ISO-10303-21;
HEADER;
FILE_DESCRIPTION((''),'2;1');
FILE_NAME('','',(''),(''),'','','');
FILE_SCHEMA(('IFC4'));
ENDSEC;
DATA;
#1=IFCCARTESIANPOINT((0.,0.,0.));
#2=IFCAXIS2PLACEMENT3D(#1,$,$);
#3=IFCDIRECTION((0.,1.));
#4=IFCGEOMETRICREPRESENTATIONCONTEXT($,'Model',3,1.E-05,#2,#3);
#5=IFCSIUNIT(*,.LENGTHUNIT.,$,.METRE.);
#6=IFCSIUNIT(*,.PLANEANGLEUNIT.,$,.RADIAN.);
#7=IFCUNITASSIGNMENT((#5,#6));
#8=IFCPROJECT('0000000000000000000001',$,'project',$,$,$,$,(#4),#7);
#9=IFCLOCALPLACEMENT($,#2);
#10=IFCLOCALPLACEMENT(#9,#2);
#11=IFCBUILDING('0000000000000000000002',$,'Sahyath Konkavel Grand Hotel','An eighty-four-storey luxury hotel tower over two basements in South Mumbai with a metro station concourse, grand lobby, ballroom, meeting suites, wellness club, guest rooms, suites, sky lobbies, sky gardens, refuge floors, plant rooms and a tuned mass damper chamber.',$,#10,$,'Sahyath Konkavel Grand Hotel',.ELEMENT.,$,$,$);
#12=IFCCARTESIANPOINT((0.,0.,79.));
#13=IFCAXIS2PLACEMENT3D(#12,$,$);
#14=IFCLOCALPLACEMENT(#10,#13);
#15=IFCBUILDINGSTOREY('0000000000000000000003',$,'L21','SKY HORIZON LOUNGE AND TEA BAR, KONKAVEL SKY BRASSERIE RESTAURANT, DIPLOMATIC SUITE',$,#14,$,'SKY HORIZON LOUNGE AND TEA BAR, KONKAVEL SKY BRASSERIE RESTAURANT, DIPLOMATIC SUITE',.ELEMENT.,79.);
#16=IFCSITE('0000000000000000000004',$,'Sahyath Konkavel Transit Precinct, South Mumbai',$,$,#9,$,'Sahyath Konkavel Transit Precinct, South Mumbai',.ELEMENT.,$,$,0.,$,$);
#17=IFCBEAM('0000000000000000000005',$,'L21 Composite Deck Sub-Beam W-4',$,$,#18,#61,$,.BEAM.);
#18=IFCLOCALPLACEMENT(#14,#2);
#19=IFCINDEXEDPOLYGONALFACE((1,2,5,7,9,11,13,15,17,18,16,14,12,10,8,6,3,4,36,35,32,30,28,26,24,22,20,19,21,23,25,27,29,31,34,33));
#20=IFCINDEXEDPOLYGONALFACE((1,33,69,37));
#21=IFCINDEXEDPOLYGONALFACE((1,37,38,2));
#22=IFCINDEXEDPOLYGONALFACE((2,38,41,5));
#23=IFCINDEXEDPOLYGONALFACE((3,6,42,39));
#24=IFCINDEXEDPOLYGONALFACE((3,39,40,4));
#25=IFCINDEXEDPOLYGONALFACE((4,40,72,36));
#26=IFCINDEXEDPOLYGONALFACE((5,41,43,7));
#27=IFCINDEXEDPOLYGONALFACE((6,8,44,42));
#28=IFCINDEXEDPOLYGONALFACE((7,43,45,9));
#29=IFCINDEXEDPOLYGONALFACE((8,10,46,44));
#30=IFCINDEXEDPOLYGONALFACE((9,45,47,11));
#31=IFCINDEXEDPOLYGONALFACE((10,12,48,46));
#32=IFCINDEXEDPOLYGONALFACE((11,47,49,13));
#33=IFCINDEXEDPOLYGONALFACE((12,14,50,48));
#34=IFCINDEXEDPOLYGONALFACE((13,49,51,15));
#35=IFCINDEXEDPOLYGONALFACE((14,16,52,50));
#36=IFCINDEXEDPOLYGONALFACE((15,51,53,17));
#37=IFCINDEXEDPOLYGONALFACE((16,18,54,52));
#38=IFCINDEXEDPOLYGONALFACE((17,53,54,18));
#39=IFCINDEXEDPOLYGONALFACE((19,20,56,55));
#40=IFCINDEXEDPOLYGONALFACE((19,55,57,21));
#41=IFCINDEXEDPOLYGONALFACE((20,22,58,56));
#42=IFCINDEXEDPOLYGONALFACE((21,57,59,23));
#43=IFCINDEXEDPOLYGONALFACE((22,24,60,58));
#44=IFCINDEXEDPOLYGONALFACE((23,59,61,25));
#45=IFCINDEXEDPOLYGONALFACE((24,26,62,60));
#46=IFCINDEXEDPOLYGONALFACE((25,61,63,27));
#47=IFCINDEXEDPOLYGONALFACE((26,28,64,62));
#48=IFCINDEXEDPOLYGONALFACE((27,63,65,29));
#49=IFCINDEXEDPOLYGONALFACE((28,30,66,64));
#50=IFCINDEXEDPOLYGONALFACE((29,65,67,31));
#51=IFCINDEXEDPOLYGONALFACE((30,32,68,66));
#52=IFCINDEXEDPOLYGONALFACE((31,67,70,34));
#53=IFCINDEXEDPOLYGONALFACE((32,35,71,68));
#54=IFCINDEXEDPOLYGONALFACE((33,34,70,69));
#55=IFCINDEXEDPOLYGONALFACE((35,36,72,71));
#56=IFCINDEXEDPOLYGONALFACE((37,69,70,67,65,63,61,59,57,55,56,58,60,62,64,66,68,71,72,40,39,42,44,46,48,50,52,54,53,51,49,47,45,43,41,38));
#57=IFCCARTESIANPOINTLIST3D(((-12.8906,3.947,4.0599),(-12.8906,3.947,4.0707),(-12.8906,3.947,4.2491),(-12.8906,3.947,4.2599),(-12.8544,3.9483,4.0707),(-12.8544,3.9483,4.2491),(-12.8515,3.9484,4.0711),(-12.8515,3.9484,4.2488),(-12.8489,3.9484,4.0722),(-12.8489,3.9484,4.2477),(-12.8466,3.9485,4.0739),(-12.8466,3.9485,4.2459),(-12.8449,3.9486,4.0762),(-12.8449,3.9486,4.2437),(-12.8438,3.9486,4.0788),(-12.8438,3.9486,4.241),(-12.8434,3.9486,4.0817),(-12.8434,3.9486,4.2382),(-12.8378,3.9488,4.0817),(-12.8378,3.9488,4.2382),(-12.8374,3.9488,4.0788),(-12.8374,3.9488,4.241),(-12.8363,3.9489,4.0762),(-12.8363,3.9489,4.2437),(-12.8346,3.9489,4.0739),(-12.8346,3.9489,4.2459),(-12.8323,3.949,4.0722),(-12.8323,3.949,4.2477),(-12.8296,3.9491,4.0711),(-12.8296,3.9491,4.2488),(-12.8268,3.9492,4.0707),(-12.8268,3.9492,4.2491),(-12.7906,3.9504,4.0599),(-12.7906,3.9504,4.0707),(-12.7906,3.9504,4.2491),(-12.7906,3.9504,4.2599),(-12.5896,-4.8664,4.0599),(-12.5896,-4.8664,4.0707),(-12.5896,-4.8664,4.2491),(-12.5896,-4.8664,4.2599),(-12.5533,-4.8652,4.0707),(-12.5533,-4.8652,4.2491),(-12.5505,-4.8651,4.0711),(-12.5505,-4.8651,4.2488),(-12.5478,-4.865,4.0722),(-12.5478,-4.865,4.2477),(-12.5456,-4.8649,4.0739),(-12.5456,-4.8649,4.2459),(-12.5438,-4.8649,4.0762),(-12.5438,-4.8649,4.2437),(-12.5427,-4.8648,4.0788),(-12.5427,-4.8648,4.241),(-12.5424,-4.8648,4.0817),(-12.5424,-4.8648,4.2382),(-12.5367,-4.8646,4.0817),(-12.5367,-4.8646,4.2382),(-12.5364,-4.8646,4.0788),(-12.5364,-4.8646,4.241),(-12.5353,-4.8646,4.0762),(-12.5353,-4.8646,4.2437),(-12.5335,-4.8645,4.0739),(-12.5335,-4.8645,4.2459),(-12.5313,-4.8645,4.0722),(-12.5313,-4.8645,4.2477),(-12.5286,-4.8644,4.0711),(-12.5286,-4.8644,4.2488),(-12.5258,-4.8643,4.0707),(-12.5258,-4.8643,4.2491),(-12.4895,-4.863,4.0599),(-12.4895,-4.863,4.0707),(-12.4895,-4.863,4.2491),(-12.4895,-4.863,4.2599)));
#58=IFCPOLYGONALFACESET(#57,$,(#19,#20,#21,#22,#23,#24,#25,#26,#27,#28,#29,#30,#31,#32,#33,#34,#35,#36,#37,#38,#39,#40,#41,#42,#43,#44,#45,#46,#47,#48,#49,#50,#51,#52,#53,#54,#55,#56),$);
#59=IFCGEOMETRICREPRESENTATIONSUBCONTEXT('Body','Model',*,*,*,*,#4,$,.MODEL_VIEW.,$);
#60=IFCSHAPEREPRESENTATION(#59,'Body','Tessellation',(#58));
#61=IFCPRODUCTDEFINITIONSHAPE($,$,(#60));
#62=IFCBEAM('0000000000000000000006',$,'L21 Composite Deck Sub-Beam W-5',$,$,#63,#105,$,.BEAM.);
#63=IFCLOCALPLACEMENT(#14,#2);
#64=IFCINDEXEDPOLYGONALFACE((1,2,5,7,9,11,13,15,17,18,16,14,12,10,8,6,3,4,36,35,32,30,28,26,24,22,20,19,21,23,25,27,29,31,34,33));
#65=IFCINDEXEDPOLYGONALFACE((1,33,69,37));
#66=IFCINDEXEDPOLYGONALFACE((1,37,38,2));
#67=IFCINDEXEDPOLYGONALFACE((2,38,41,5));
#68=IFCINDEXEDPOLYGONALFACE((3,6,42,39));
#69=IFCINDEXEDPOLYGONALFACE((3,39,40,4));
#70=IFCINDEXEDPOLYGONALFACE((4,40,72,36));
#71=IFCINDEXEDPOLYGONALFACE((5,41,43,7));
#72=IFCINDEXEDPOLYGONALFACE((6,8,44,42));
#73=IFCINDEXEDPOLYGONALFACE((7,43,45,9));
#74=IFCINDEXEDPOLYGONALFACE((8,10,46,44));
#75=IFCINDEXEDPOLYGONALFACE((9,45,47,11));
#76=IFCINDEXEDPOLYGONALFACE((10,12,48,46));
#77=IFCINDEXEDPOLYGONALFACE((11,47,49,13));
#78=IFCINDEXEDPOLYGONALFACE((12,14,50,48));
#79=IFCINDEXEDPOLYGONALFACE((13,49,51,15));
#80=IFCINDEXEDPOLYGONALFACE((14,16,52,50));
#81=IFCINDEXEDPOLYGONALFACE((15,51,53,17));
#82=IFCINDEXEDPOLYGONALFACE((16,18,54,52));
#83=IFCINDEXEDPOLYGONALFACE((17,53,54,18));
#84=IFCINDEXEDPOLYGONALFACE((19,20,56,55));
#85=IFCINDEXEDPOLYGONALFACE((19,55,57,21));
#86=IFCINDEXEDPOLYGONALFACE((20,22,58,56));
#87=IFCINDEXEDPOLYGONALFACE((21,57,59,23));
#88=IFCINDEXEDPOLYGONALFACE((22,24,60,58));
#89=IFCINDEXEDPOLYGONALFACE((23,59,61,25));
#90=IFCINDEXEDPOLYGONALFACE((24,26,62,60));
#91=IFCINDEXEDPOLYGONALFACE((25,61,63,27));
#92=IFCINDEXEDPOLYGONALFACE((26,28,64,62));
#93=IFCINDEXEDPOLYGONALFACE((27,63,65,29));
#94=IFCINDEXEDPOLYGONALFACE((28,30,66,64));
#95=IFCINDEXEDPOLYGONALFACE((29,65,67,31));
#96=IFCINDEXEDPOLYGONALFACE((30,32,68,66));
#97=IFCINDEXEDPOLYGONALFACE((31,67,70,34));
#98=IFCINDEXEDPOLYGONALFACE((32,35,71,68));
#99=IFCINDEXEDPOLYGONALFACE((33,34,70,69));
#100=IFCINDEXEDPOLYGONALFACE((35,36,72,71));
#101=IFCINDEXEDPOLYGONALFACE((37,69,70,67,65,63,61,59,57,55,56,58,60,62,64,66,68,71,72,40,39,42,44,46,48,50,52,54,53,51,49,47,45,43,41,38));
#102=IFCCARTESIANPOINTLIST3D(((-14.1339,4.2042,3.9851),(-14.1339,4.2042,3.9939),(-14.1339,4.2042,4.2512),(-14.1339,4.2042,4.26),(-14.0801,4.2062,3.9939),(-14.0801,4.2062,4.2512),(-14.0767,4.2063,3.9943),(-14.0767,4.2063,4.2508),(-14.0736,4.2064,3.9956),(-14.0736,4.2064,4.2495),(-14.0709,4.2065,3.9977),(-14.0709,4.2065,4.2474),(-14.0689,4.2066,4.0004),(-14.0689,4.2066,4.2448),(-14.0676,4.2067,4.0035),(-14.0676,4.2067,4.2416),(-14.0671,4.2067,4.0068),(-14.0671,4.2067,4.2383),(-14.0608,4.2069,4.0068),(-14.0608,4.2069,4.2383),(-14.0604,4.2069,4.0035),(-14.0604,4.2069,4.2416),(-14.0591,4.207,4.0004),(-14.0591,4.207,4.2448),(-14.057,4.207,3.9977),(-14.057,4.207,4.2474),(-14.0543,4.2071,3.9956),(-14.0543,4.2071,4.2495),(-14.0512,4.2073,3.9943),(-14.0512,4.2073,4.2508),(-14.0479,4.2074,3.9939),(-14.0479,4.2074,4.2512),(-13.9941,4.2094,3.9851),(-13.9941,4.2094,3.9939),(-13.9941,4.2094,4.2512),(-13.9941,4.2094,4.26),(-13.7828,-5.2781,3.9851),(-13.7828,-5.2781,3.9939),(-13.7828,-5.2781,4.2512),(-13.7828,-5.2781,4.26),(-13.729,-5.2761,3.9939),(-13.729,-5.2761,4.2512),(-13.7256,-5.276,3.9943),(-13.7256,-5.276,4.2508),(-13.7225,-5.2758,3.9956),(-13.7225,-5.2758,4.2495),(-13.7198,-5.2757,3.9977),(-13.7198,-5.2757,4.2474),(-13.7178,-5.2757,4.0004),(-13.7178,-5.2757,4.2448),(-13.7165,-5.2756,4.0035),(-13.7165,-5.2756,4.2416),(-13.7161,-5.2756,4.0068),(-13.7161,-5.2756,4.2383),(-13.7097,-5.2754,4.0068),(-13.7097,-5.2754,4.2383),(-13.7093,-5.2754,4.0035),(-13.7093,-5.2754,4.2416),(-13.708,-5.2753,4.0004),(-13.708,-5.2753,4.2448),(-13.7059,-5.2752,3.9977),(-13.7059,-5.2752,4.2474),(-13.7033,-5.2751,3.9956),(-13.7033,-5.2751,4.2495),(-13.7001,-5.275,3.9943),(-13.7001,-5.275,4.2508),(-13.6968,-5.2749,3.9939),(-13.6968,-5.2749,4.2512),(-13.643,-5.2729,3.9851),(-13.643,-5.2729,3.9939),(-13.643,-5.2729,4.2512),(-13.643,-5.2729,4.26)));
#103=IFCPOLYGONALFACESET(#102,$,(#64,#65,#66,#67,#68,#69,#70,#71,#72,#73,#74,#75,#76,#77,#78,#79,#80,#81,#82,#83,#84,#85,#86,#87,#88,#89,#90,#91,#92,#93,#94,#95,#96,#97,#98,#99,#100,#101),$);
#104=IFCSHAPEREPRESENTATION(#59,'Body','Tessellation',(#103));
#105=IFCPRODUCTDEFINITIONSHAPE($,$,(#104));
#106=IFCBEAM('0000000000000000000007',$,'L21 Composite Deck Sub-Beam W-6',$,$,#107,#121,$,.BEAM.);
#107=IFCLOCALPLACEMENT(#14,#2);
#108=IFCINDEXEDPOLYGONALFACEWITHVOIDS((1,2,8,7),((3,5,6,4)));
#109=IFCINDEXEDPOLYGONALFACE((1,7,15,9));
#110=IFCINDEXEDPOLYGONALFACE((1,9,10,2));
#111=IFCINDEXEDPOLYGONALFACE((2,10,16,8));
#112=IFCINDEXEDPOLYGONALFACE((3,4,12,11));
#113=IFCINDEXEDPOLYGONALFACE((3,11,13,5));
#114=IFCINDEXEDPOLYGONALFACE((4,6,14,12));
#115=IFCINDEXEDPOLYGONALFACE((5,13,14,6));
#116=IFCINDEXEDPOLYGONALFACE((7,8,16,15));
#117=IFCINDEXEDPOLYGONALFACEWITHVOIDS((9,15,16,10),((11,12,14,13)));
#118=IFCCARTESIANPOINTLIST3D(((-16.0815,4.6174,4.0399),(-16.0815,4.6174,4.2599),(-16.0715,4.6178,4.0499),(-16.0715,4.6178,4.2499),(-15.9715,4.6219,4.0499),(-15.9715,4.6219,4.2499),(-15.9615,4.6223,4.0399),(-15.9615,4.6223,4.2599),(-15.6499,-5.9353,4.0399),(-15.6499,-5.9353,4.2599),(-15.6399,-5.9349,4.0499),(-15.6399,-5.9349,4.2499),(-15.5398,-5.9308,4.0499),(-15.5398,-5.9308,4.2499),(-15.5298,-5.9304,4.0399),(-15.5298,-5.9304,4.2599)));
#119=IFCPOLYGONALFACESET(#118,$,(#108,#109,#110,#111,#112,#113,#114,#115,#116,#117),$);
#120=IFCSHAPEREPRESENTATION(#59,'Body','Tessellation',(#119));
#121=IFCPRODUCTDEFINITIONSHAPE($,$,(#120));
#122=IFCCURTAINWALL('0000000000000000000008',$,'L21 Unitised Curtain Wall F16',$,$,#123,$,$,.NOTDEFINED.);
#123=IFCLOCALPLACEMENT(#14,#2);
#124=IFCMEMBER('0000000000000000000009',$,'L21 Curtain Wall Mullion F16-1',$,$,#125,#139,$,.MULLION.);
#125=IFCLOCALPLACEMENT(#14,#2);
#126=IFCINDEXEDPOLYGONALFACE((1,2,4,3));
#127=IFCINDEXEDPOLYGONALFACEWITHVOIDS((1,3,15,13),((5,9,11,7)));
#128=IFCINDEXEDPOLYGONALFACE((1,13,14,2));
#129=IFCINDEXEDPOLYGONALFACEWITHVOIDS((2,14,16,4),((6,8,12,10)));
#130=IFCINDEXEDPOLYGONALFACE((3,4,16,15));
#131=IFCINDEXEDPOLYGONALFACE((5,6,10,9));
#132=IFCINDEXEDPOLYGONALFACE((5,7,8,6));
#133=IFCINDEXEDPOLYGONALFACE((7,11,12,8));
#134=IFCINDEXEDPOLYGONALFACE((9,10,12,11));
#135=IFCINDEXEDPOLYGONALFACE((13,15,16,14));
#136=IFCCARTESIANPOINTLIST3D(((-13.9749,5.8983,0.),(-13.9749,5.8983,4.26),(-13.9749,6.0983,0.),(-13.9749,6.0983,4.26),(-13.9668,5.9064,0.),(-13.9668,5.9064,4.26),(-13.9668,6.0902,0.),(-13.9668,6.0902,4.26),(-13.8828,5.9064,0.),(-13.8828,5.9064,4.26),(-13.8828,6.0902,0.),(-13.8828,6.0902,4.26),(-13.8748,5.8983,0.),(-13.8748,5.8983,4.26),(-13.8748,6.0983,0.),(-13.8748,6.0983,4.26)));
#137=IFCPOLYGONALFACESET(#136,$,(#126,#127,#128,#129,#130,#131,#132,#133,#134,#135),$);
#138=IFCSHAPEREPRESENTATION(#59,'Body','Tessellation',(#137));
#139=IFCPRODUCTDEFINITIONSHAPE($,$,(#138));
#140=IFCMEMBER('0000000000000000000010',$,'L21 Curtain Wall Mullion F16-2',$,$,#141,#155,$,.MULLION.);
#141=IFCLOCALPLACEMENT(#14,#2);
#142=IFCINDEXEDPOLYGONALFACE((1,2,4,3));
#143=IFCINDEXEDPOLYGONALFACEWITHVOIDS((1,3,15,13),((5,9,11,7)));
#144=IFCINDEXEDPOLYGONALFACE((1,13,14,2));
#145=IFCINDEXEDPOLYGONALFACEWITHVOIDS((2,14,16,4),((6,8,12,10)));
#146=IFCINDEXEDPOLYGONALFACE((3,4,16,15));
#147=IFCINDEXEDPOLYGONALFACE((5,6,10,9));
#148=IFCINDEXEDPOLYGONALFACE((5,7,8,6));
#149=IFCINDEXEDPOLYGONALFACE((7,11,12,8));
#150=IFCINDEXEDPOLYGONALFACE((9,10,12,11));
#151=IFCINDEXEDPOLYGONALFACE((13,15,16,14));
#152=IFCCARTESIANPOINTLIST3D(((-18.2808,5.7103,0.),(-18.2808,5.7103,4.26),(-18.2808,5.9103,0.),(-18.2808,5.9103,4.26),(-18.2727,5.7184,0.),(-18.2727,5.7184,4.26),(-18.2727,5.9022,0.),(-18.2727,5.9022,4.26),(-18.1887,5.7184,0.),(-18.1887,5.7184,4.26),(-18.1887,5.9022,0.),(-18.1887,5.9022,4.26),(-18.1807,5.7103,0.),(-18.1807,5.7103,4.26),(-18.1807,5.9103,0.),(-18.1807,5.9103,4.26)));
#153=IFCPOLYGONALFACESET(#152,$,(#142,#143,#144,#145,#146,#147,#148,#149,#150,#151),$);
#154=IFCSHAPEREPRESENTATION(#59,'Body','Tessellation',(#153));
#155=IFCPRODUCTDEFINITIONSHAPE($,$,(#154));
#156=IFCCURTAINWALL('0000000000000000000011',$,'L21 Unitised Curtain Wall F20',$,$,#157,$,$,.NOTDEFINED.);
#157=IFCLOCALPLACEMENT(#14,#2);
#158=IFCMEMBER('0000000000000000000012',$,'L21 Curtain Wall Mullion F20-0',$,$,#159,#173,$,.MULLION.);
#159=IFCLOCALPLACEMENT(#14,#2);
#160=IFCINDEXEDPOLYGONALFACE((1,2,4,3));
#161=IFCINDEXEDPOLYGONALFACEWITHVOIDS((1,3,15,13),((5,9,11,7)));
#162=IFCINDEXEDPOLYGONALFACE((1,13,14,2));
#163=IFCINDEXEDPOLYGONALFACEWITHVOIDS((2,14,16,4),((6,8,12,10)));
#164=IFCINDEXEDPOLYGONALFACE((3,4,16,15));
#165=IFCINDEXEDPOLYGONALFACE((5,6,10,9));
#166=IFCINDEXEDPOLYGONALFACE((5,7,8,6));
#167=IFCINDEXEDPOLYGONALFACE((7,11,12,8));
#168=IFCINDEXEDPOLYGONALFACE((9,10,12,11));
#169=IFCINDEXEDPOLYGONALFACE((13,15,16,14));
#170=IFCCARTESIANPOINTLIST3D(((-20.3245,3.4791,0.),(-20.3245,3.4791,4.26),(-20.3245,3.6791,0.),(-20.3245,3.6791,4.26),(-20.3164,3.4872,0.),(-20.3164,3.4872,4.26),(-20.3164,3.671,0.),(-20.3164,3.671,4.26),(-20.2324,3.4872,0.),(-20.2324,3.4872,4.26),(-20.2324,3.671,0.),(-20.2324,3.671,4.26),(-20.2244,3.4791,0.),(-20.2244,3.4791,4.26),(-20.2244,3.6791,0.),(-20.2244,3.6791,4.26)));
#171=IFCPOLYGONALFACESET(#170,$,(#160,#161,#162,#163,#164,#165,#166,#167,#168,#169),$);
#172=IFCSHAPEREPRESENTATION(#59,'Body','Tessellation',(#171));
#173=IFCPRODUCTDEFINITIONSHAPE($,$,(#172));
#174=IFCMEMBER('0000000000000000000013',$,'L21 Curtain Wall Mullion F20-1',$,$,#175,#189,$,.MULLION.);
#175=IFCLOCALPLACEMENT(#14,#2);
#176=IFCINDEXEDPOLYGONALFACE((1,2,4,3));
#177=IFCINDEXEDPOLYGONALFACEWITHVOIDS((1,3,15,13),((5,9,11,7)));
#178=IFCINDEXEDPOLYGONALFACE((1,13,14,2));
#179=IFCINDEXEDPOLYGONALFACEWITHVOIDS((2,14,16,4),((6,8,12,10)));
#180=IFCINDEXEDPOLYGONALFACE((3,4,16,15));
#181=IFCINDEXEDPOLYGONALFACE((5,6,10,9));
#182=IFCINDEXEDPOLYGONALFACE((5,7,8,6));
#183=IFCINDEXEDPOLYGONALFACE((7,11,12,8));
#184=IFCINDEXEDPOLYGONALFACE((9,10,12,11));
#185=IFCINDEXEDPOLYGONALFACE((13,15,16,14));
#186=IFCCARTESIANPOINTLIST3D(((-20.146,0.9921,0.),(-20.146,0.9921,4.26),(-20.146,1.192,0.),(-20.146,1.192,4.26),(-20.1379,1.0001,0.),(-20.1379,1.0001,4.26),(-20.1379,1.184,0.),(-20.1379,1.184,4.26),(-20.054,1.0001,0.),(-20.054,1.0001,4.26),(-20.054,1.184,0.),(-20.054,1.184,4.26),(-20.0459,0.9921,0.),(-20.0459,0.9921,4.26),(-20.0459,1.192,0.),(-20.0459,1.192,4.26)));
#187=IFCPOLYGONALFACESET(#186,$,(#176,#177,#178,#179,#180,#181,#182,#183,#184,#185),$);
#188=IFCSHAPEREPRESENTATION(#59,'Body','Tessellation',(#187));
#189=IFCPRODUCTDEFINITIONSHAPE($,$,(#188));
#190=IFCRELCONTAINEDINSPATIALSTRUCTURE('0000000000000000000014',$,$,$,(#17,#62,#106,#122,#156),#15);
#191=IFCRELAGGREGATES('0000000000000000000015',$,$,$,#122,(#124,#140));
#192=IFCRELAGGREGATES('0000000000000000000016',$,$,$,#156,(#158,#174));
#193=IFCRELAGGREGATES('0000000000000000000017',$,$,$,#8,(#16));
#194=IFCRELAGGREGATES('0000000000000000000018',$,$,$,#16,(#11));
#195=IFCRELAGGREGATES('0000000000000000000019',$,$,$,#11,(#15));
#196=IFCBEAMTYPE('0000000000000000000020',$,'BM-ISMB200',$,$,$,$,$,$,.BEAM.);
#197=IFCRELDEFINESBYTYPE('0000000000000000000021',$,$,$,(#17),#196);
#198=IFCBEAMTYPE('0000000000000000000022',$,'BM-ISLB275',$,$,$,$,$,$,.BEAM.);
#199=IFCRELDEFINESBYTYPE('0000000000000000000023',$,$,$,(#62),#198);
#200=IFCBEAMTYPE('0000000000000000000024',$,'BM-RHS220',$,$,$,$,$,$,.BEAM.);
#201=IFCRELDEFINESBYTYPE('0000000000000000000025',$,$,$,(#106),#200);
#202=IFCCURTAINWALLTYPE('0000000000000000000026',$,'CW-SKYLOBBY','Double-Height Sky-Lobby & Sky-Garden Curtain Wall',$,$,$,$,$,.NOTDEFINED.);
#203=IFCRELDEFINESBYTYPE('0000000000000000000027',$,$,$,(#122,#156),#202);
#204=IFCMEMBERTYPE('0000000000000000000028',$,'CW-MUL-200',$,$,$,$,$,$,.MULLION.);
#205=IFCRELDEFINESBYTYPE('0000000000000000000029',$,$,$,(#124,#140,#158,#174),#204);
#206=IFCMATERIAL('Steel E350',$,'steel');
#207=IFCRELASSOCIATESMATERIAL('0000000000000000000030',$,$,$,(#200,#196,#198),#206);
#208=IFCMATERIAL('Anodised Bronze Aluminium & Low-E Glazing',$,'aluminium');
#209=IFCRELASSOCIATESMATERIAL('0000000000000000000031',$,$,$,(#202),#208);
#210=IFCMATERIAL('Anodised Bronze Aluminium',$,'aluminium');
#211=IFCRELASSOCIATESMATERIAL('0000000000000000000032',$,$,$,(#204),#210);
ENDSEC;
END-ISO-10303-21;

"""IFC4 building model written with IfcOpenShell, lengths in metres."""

from ifc_helpers import new_model, si_unit, direction, frame, origin, origin_2d, place, context, subcontext, project, spatial, hollow_rectangle, i_section, extrude, source, transform, mapped, material, material_profile, profile_set, type_object, element, aggregate, save


model = new_model("IFC4")

# Units and contexts
model_context = context("Model", 3, precision=1e-05, world=origin(), true_north=direction((0.0, 1.0)))
body_context = subcontext(model_context, "Body", "Model", "MODEL_VIEW")
ifc_project = project(units=[si_unit("LENGTHUNIT", "METRE"), si_unit("PLANEANGLEUNIT", "RADIAN")], contexts=[model_context])

# Site, building, storey
site_placement = place(None, origin())
site = spatial("IfcSite", under=ifc_project, at=site_placement, Name="Sahyath Konkavel Transit Precinct, South Mumbai", LongName="Sahyath Konkavel Transit Precinct, South Mumbai", CompositionType="ELEMENT", RefElevation=0.0)
building_placement = place(site_placement, origin())
building = spatial("IfcBuilding", under=site, at=building_placement, Name="Sahyath Konkavel Grand Hotel", Description="An eighty-four-storey luxury hotel tower over two basements in South Mumbai with a metro station concourse, grand lobby, ballroom, meeting suites, wellness club, guest rooms, suites, sky lobbies, sky gardens, refuge floors, plant rooms and a tuned mass damper chamber.", LongName="Sahyath Konkavel Grand Hotel", CompositionType="ELEMENT")
storey_placement = place(building_placement, frame((0.0, 0.0, 79.0)))
storey = spatial("IfcBuildingStorey", under=building, at=storey_placement, Name="L21", Description="SKY HORIZON LOUNGE AND TEA BAR, KONKAVEL SKY BRASSERIE RESTAURANT, DIPLOMATIC SUITE", LongName="SKY HORIZON LOUNGE AND TEA BAR, KONKAVEL SKY BRASSERIE RESTAURANT, DIPLOMATIC SUITE", CompositionType="ELEMENT", Elevation=79.0)

# Beams
ifc_material_1 = material(Name="Steel E350", Category="steel")
ifc_material_profile_1 = material_profile(ifc_material_1, hollow_rectangle(XDim=0.1201, YDim=0.22, WallThickness=0.01, at=origin_2d()), Name="RHS 220x120x10")
ifc_profile_set_1 = profile_set([ifc_material_profile_1], Name="Steel E350")
beam_type_1 = type_object("IfcBeamType", Name="BM-RHS220", PredefinedType="BEAM", material=ifc_profile_set_1)
ifc_material_profile_2 = material_profile(ifc_material_1, i_section(OverallWidth=0.1001, OverallDepth=0.2, WebThickness=0.0056, FlangeThickness=0.0107, FilletRadius=0.011, at=origin_2d()), Name="ISMB 200")
ifc_profile_set_2 = profile_set([ifc_material_profile_2], Name="Steel E350")
beam_type_2 = type_object("IfcBeamType", Name="BM-ISMB200", PredefinedType="BEAM", material=ifc_profile_set_2)
shared_shape_1 = source(origin(), body_context, "Body", "SweptSolid", [
    extrude(i_section(OverallWidth=0.1001, OverallDepth=0.2, WebThickness=0.0056, FlangeThickness=0.0107, FilletRadius=0.011, at=origin_2d()), origin(), (0.0, 0.0, 1.0), 8.8186),
])
beam_1_placement = place(storey_placement, frame((-12.8406, 3.9487, 4.1599), z_axis=(0.034135, -0.999417, 0.0), x_axis=(0.999417, 0.034135, 0.0)))
element("IfcBeam", 1, at=beam_1_placement, inside=storey, type_object=beam_type_2, Name="L21 Composite Deck Sub-Beam W-4", PredefinedType="BEAM", context=body_context, shape_type="MappedRepresentation", body=[
    mapped(shared_shape_1, transform((0.0, 0.0, 0.0), scale=1.0)),
])
ifc_material_profile_3 = material_profile(ifc_material_1, i_section(OverallWidth=0.1399, OverallDepth=0.2749, WebThickness=0.0063, FlangeThickness=0.0088, FilletRadius=0.0129, at=origin_2d()), Name="ISLB 275")
ifc_profile_set_3 = profile_set([ifc_material_profile_3], Name="Steel E350")
beam_type_3 = type_object("IfcBeamType", Name="BM-ISLB275", PredefinedType="BEAM", material=ifc_profile_set_3)
shared_shape_2 = source(origin(), body_context, "Body", "SweptSolid", [
    extrude(i_section(OverallWidth=0.1399, OverallDepth=0.2749, WebThickness=0.0063, FlangeThickness=0.0088, FilletRadius=0.0129, at=origin_2d()), origin(), (0.0, 0.0, 1.0), 9.4888),
])
beam_2_placement = place(storey_placement, frame((-14.064, 4.2068, 4.1226), z_axis=(0.036999, -0.999315, 0.0), x_axis=(0.999315, 0.036999, 0.0)))
element("IfcBeam", 2, at=beam_2_placement, inside=storey, type_object=beam_type_3, Name="L21 Composite Deck Sub-Beam W-5", PredefinedType="BEAM", context=body_context, shape_type="MappedRepresentation", body=[
    mapped(shared_shape_2, transform((0.0, 0.0, 0.0), scale=1.0)),
])
shared_shape_3 = source(origin(), body_context, "Body", "SweptSolid", [
    extrude(hollow_rectangle(XDim=0.1201, YDim=0.22, WallThickness=0.01, at=origin_2d()), origin(), (0.0, 0.0, 1.0), 10.5615),
])
beam_3_placement = place(storey_placement, frame((-16.0215, 4.6199, 4.1499), z_axis=(0.040869, -0.999165, 0.0), x_axis=(0.999165, 0.040869, 0.0)))
element("IfcBeam", 3, at=beam_3_placement, inside=storey, type_object=beam_type_1, Name="L21 Composite Deck Sub-Beam W-6", PredefinedType="BEAM", context=body_context, shape_type="MappedRepresentation", body=[
    mapped(shared_shape_3, transform((0.0, 0.0, 0.0), scale=1.0)),
])

# Curtain walls, members
ifc_material_2 = material(Name="Anodised Bronze Aluminium & Low-E Glazing", Category="aluminium")
curtain_wall_type = type_object("IfcCurtainWallType", Name="CW-SKYLOBBY", Description="Double-Height Sky-Lobby & Sky-Garden Curtain Wall", PredefinedType="NOTDEFINED", material=ifc_material_2)
curtain_wall_1_placement = place(storey_placement, origin())
curtain_wall_1 = element("IfcCurtainWall", 4, at=curtain_wall_1_placement, inside=storey, type_object=curtain_wall_type, Name="L21 Unitised Curtain Wall F16", PredefinedType="NOTDEFINED")
ifc_material_3 = material(Name="Anodised Bronze Aluminium", Category="aluminium")
ifc_material_profile_4 = material_profile(ifc_material_3, hollow_rectangle(XDim=0.1001, YDim=0.2, WallThickness=0.0081, at=origin_2d()), Name="RHS 200x100x8")
ifc_profile_set_4 = profile_set([ifc_material_profile_4], Name="Anodised Bronze Aluminium")
member_type_1 = type_object("IfcMemberType", Name="CW-MUL-200", PredefinedType="MULLION", material=ifc_profile_set_4)
shared_shape_4 = source(origin(), body_context, "Body", "SweptSolid", [
    extrude(hollow_rectangle(XDim=0.1001, YDim=0.2, WallThickness=0.0081, at=origin_2d()), origin(), (0.0, 0.0, 1.0), 4.26),
])
member_1_placement = place(storey_placement, frame((-13.9248, 5.9983, 0.0), z_axis=(0.0, 0.0, 1.0), x_axis=(1.0, 0.0, 0.0)))
member_1 = element("IfcMember", 5, at=member_1_placement, type_object=member_type_1, Name="L21 Curtain Wall Mullion F16-1", PredefinedType="MULLION", context=body_context, shape_type="MappedRepresentation", body=[
    mapped(shared_shape_4, transform((0.0, 0.0, 0.0), scale=1.0)),
])
member_2_placement = place(storey_placement, frame((-18.2307, 5.8103, 0.0), z_axis=(0.0, 0.0, 1.0), x_axis=(1.0, 0.0, 0.0)))
member_2 = element("IfcMember", 6, at=member_2_placement, type_object=member_type_1, Name="L21 Curtain Wall Mullion F16-2", PredefinedType="MULLION", context=body_context, shape_type="MappedRepresentation", body=[
    mapped(shared_shape_4, transform((0.0, 0.0, 0.0), scale=1.0)),
])
curtain_wall_2_placement = place(storey_placement, origin())
curtain_wall_2 = element("IfcCurtainWall", 7, at=curtain_wall_2_placement, inside=storey, type_object=curtain_wall_type, Name="L21 Unitised Curtain Wall F20", PredefinedType="NOTDEFINED")
member_3_placement = place(storey_placement, frame((-20.2744, 3.5791, 0.0), z_axis=(0.0, 0.0, 1.0), x_axis=(1.0, 0.0, 0.0)))
member_3 = element("IfcMember", 8, at=member_3_placement, type_object=member_type_1, Name="L21 Curtain Wall Mullion F20-0", PredefinedType="MULLION", context=body_context, shape_type="MappedRepresentation", body=[
    mapped(shared_shape_4, transform((0.0, 0.0, 0.0), scale=1.0)),
])
member_4_placement = place(storey_placement, frame((-20.0959, 1.092, 0.0), z_axis=(0.0, 0.0, 1.0), x_axis=(1.0, 0.0, 0.0)))
member_4 = element("IfcMember", 9, at=member_4_placement, type_object=member_type_1, Name="L21 Curtain Wall Mullion F20-1", PredefinedType="MULLION", context=body_context, shape_type="MappedRepresentation", body=[
    mapped(shared_shape_4, transform((0.0, 0.0, 0.0), scale=1.0)),
])

aggregate(curtain_wall_1, [member_1, member_2])
aggregate(curtain_wall_2, [member_3, member_4])

save(model, "model.ifc")
